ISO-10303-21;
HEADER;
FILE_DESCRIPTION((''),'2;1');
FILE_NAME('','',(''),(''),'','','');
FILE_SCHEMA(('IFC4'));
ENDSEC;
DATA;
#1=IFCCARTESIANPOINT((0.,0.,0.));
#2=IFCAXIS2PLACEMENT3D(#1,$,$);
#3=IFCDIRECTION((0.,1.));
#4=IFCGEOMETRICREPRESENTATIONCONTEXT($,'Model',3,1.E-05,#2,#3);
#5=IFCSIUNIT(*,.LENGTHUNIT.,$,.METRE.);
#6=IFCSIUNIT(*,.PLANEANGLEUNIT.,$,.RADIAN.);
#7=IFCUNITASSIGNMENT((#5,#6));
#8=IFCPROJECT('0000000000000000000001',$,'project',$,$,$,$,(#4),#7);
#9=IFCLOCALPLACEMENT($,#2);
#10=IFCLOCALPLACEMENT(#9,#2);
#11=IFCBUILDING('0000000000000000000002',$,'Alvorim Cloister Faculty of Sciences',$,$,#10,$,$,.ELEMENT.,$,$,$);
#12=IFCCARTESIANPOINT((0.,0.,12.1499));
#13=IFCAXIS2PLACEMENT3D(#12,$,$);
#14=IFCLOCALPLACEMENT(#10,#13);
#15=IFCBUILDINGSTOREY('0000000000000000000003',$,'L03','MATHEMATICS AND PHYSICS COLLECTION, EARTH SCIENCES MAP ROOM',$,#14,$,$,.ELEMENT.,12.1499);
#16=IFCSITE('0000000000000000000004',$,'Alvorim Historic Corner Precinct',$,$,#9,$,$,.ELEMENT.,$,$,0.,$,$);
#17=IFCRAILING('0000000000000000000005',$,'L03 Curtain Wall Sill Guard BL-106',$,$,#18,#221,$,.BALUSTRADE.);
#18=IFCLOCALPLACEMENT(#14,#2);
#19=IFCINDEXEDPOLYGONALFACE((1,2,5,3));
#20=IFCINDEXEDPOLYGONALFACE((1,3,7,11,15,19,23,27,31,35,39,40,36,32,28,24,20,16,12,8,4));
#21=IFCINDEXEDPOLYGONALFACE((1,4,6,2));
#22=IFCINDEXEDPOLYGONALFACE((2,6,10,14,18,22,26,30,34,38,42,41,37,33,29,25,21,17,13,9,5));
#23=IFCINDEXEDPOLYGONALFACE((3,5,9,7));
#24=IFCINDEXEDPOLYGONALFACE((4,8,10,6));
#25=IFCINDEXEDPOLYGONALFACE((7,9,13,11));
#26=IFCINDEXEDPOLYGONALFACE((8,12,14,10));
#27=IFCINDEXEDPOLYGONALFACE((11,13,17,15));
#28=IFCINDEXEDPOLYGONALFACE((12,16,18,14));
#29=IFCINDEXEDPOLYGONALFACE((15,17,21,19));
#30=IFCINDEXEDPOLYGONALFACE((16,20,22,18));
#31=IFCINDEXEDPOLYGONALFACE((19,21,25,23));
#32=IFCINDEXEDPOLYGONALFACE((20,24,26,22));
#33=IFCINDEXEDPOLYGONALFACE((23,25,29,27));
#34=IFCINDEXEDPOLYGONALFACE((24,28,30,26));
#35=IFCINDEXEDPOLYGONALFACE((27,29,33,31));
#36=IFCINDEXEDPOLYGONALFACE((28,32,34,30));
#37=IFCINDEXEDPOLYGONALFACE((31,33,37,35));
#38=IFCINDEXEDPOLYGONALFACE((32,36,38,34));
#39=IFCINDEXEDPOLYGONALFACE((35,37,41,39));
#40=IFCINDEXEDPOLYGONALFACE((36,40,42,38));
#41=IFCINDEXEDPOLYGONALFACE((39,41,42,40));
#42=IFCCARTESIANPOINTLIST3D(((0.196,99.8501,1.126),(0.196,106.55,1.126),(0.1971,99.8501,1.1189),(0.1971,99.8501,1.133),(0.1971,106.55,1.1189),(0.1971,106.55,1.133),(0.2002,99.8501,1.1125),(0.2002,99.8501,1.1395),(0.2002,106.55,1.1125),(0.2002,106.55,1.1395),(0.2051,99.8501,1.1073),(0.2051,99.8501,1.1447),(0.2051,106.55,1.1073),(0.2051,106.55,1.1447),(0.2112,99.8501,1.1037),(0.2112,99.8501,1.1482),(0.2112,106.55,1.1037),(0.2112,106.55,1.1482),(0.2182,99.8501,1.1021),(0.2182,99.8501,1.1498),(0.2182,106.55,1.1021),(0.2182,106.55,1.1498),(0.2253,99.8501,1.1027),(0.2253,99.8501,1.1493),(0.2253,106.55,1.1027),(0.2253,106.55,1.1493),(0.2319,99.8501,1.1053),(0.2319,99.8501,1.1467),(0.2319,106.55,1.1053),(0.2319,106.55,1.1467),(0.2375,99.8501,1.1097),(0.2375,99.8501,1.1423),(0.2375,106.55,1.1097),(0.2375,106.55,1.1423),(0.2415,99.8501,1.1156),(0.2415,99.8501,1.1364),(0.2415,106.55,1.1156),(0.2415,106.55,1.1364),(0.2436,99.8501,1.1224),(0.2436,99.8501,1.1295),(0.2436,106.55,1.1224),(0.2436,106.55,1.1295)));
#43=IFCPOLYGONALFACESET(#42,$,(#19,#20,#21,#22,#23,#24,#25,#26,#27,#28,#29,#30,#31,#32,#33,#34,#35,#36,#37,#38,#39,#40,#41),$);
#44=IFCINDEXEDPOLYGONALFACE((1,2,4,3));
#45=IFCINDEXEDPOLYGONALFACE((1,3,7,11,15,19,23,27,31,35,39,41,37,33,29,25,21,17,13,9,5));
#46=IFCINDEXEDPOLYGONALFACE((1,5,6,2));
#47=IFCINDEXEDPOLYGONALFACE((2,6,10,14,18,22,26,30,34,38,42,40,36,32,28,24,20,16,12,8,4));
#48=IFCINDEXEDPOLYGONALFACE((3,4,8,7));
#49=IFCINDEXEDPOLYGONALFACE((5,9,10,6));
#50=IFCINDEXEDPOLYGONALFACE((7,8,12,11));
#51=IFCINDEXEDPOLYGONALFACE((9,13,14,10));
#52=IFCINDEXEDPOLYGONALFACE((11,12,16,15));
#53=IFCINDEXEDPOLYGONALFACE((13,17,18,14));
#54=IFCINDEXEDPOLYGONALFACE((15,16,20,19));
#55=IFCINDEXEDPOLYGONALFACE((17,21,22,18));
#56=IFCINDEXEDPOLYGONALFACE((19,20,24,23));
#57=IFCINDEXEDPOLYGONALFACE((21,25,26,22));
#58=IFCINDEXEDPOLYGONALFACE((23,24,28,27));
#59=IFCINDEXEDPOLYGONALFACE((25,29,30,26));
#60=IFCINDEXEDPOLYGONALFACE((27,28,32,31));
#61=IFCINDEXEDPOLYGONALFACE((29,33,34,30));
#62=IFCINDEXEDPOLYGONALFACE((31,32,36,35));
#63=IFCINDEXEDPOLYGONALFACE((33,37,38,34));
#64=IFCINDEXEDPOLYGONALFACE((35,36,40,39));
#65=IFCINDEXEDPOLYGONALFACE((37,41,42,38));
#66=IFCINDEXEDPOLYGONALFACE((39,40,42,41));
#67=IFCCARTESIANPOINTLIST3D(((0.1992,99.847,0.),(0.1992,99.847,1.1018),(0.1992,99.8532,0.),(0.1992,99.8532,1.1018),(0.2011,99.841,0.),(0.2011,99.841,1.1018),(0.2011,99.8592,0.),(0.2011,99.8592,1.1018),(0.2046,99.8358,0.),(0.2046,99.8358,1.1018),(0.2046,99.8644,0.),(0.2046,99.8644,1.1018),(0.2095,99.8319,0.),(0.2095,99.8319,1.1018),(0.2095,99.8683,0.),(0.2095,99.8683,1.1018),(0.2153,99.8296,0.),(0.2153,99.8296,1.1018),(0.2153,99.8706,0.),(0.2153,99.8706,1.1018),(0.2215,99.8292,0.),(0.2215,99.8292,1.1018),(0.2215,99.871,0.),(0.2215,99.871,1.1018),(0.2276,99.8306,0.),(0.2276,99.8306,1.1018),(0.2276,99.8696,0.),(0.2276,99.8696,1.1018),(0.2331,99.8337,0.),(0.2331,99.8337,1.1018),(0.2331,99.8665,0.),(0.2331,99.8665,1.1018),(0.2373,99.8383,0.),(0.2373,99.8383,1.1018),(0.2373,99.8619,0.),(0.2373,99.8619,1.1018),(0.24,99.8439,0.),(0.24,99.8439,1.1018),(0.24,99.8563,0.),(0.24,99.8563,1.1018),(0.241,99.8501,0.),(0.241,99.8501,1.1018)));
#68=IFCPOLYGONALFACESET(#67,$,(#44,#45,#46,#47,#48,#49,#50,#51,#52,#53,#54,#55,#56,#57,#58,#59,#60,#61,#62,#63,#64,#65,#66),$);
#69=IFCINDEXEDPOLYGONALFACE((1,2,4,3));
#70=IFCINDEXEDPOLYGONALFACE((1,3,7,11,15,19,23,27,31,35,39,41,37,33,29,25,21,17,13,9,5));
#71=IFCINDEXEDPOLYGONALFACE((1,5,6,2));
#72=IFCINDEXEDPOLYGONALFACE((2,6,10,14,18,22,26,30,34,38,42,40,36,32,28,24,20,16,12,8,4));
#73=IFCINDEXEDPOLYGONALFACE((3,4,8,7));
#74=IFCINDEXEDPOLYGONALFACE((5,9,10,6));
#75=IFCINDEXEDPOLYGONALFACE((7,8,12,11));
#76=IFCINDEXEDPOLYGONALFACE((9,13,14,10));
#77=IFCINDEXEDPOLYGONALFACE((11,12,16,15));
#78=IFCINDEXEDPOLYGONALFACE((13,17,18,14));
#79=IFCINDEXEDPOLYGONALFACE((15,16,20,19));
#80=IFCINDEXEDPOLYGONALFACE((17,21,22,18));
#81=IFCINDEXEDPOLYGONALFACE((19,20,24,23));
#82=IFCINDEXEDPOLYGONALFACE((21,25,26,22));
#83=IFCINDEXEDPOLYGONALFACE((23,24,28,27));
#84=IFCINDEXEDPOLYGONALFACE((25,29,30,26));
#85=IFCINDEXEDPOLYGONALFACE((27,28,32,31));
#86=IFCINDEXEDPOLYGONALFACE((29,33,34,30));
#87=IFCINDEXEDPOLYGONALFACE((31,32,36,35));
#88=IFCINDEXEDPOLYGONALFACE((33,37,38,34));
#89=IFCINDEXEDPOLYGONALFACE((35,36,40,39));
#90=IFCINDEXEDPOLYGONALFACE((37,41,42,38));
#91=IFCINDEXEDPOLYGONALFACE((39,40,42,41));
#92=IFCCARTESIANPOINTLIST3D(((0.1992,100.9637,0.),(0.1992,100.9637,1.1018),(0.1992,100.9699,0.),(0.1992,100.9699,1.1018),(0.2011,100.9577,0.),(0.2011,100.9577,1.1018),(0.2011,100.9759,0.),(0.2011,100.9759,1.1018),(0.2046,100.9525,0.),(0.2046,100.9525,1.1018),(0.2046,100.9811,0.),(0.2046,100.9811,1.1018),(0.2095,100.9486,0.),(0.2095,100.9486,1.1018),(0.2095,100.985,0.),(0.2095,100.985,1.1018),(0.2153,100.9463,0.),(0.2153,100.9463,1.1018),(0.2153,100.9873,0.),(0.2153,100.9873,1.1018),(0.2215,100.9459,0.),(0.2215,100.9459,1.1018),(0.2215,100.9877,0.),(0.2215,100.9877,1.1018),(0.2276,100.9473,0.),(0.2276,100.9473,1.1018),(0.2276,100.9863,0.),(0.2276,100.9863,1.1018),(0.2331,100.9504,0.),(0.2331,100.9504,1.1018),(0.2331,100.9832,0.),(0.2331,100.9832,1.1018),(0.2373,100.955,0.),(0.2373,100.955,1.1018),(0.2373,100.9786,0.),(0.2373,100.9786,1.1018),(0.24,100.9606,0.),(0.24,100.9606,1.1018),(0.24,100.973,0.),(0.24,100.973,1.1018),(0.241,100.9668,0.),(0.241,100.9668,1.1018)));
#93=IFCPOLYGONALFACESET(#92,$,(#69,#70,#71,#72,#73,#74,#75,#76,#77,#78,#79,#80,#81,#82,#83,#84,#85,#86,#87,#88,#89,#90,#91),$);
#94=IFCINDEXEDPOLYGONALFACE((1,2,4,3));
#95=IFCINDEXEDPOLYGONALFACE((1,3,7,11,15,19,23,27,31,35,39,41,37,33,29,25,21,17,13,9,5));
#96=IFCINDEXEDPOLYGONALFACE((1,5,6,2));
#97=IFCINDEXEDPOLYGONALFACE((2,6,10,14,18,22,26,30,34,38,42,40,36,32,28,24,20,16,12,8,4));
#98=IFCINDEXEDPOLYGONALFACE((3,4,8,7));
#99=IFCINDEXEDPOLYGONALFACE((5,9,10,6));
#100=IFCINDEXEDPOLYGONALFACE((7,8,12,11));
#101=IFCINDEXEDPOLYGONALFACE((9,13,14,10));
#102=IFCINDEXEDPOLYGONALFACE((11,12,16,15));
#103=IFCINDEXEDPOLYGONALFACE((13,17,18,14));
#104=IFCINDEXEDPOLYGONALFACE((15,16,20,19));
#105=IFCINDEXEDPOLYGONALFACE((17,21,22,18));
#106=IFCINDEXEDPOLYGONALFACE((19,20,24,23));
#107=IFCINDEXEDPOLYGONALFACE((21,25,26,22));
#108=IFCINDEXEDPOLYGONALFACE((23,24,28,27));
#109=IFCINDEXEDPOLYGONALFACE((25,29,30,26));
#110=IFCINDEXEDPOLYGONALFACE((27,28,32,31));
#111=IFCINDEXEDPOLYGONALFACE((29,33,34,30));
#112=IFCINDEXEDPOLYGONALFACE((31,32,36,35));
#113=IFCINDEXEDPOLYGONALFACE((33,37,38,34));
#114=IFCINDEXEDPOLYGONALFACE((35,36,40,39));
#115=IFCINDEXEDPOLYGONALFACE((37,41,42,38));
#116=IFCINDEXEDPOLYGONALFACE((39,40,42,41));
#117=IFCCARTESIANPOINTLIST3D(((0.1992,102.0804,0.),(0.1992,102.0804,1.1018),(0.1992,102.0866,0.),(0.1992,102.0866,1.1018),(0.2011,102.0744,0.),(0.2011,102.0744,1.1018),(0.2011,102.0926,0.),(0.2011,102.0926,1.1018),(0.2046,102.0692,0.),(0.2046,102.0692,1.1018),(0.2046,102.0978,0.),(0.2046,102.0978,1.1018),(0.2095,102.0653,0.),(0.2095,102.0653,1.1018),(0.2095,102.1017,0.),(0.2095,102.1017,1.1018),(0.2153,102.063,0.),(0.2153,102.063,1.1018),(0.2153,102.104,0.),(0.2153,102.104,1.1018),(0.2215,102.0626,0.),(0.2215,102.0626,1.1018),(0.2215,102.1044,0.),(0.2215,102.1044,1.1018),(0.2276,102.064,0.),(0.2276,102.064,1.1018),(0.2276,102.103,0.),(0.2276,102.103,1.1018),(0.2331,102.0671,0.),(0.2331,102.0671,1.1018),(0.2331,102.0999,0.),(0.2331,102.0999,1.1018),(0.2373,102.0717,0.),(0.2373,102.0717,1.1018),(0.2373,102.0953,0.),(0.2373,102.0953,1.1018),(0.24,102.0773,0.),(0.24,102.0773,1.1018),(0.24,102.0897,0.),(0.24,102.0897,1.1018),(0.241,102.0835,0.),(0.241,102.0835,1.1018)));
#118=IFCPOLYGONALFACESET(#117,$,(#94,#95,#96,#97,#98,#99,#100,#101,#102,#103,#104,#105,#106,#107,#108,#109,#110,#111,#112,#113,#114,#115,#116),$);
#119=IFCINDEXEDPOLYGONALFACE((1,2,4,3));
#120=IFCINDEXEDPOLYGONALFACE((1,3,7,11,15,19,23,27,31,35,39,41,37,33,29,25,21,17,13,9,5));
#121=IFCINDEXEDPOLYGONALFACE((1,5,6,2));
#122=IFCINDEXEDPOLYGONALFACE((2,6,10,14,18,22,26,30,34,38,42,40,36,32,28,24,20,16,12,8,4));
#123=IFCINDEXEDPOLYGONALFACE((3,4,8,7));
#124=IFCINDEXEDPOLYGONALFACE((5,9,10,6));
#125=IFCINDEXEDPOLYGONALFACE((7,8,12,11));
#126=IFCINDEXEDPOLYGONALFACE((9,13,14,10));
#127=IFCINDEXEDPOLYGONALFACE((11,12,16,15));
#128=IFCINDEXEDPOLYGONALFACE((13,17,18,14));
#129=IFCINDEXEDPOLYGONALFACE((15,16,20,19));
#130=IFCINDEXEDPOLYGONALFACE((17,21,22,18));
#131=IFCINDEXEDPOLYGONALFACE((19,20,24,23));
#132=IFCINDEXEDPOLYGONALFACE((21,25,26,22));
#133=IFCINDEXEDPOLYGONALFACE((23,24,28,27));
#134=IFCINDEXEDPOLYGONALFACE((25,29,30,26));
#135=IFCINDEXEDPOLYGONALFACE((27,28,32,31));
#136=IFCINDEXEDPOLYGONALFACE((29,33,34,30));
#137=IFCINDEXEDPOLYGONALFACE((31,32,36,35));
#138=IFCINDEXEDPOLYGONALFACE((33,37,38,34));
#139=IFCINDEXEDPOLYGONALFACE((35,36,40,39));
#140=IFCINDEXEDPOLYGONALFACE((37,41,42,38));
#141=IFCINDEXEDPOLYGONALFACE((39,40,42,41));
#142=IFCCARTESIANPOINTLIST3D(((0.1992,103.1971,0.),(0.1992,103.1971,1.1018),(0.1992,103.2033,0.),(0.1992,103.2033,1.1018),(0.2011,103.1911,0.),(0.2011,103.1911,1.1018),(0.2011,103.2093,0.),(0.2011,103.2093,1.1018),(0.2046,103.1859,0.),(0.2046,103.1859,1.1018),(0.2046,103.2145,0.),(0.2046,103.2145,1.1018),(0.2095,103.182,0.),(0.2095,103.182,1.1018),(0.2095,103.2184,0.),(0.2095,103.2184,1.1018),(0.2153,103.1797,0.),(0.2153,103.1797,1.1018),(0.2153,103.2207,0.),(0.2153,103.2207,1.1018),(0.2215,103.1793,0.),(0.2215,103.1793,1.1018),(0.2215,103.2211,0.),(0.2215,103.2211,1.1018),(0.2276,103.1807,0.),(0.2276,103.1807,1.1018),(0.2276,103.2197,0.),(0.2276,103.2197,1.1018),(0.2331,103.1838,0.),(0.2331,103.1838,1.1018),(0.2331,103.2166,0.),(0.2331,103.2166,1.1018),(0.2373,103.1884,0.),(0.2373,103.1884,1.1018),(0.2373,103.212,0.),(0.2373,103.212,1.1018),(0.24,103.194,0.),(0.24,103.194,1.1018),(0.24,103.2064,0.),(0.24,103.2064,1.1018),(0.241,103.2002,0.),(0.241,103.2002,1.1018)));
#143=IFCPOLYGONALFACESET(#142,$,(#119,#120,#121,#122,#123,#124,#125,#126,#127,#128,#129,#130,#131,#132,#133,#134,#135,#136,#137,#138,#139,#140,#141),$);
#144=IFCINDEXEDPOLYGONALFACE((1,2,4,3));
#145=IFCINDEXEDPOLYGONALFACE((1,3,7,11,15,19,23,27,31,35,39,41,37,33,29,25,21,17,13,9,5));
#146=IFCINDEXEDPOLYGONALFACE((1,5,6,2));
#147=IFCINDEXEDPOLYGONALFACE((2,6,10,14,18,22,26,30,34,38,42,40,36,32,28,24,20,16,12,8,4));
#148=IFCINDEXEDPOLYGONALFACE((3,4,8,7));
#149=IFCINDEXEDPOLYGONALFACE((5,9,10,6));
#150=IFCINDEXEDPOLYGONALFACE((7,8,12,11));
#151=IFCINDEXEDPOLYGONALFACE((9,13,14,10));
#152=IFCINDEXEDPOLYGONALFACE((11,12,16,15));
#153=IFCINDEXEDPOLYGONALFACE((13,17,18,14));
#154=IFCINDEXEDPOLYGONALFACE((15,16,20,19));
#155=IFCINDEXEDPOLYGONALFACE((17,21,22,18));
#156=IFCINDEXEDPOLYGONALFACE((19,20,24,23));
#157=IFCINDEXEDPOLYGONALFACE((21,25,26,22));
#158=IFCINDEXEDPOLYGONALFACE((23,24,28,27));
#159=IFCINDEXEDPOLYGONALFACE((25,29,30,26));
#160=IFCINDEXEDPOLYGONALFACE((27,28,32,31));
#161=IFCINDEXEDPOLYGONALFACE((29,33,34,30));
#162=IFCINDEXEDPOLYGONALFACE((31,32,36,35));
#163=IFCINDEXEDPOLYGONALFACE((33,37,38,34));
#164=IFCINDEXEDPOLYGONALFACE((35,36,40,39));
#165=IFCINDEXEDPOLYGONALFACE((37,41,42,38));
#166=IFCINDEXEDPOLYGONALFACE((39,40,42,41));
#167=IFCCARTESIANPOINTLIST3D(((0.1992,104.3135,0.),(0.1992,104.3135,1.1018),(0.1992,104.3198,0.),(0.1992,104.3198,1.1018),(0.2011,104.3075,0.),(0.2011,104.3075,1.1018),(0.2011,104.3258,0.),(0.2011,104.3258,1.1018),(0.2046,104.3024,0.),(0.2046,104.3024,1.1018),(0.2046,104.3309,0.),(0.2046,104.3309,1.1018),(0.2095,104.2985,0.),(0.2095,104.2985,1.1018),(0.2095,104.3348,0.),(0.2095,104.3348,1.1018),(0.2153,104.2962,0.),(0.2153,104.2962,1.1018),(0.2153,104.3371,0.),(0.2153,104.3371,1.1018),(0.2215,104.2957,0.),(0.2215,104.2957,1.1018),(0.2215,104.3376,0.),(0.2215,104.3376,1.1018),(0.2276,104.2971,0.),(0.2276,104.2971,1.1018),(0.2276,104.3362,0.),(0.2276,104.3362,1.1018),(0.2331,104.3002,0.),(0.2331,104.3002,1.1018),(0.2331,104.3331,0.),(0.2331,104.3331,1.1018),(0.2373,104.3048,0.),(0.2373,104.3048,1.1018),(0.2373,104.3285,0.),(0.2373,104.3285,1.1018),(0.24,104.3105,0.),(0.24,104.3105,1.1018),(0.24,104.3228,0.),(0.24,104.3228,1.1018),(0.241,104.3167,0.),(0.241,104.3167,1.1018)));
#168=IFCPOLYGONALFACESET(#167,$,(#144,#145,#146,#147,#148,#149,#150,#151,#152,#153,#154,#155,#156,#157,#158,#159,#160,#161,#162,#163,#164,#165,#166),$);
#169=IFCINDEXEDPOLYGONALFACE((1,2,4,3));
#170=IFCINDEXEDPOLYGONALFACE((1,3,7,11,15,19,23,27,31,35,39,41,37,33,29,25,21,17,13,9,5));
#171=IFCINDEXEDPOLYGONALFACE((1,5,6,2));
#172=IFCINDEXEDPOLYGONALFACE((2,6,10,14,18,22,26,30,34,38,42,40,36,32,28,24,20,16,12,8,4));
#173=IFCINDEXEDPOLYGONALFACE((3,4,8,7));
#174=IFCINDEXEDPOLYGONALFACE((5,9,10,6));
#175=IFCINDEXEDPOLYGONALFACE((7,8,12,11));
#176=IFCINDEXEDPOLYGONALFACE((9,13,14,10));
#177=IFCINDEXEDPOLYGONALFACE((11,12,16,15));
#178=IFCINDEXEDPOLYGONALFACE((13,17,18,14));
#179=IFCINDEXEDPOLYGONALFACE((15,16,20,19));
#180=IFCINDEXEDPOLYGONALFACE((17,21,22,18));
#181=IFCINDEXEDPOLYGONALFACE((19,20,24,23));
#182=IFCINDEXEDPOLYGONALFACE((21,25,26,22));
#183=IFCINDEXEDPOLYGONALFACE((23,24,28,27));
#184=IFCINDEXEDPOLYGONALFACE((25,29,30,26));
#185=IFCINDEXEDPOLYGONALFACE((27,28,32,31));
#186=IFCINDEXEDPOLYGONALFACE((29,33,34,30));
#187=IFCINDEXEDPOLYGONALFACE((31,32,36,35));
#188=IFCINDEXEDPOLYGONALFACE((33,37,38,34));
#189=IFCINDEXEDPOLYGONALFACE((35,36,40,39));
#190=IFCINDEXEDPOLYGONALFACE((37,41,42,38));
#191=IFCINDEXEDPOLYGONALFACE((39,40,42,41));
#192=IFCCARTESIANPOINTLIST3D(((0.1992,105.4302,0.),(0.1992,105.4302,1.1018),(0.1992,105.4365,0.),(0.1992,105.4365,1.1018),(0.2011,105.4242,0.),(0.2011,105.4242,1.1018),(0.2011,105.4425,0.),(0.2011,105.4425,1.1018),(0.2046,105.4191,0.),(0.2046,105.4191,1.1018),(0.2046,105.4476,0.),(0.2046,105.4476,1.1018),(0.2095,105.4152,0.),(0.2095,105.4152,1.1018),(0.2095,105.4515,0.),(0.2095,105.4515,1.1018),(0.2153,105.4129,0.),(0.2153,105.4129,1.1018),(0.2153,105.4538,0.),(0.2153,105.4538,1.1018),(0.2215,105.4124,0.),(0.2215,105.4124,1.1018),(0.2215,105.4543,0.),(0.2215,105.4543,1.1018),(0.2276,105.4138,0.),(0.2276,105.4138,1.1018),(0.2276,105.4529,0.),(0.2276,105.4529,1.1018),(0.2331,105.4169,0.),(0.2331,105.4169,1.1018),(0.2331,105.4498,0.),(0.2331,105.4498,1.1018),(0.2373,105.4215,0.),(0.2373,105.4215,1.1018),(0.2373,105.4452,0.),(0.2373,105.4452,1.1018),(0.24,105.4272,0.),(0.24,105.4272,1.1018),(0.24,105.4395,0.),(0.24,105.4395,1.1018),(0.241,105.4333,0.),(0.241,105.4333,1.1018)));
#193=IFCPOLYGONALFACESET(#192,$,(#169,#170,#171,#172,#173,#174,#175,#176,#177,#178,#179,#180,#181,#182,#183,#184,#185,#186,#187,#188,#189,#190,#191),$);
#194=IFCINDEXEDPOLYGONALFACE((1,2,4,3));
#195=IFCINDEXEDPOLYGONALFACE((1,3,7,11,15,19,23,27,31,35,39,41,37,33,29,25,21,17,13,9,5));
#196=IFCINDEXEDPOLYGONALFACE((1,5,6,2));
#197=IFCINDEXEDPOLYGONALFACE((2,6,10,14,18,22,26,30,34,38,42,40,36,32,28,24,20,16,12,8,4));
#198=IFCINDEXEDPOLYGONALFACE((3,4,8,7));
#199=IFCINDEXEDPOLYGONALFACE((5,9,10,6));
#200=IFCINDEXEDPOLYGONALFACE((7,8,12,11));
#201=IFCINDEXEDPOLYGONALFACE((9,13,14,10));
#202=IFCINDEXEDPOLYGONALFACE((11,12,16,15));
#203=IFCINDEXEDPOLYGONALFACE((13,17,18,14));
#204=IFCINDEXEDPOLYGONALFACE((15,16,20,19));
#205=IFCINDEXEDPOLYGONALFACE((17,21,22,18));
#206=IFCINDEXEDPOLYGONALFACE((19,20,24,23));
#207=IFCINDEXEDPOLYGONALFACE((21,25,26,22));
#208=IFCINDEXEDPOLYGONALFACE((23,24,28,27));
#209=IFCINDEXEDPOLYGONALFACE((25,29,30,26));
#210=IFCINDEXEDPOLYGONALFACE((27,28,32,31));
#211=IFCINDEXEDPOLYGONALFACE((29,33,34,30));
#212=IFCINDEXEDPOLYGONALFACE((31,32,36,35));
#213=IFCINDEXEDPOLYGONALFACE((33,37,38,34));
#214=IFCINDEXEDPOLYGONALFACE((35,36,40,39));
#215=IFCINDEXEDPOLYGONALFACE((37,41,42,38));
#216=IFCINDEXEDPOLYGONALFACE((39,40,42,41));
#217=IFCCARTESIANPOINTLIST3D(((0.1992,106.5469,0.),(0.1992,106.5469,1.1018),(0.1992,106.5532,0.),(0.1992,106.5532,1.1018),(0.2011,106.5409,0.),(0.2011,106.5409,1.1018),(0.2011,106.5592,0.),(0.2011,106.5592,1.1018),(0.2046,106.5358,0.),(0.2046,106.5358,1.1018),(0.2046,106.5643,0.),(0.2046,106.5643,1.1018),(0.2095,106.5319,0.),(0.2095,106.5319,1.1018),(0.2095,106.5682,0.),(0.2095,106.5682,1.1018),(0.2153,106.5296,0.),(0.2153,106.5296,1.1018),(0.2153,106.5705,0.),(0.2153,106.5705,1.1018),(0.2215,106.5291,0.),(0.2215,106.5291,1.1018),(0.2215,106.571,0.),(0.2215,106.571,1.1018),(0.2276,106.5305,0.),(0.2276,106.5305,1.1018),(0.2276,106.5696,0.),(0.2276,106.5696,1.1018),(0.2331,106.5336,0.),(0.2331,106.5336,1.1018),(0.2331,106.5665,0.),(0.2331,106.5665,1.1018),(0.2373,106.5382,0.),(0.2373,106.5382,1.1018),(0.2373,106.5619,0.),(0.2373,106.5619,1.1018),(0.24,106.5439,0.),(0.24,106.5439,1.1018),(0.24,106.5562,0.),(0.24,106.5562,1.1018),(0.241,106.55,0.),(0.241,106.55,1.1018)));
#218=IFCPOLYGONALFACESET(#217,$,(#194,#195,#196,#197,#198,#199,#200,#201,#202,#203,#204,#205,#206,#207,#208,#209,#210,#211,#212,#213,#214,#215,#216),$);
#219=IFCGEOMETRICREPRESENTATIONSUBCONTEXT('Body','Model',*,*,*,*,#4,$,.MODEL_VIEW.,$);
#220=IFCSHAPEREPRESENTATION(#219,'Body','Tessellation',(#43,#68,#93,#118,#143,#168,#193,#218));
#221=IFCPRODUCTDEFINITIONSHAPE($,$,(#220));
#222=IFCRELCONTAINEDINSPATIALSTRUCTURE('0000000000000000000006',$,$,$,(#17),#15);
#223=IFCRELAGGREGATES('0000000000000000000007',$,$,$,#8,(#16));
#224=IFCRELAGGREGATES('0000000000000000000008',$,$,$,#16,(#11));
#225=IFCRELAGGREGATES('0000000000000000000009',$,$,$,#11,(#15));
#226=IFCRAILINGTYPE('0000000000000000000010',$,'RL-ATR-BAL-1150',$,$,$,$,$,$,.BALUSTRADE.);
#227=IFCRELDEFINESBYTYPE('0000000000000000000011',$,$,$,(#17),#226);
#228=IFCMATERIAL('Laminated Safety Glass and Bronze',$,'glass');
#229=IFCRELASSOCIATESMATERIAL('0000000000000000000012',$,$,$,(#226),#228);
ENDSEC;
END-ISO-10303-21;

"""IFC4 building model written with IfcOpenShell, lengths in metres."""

from ifc_helpers import new_model, si_unit, direction, frame, origin, origin_2d, place, context, subcontext, project, spatial, circle, extrude, material, type_object, element, save


model = new_model("IFC4")

# Units and contexts
model_context = context("Model", 3, precision=1e-05, world=origin(), true_north=direction((0.0, 1.0)))
body_context = subcontext(model_context, "Body", "Model", "MODEL_VIEW")
ifc_project = project(units=[si_unit("LENGTHUNIT", "METRE"), si_unit("PLANEANGLEUNIT", "RADIAN")], contexts=[model_context])

# Site, building, storey
site_placement = place(None, origin())
site = spatial("IfcSite", under=ifc_project, at=site_placement, Name="Alvorim Historic Corner Precinct", CompositionType="ELEMENT", RefElevation=0.0)
building_placement = place(site_placement, origin())
building = spatial("IfcBuilding", under=site, at=building_placement, Name="Alvorim Cloister Faculty of Sciences", CompositionType="ELEMENT")
storey_placement = place(building_placement, frame((0.0, 0.0, 12.1499)))
storey = spatial("IfcBuildingStorey", under=building, at=storey_placement, Name="L03", Description="MATHEMATICS AND PHYSICS COLLECTION, EARTH SCIENCES MAP ROOM", CompositionType="ELEMENT", Elevation=12.1499)

# Railing
ifc_material_1 = material(Name="Laminated Safety Glass and Bronze", Category="glass")
railing_type = type_object("IfcRailingType", Name="RL-ATR-BAL-1150", PredefinedType="BALUSTRADE", material=ifc_material_1)
railing_placement = place(storey_placement, frame((0.22, 99.8501, 0.0)))
element("IfcRailing", 1, at=railing_placement, inside=storey, type_object=railing_type, Name="L03 Curtain Wall Sill Guard BL-106", PredefinedType="BALUSTRADE", context=body_context, shape_type="SweptSolid", body=[
    extrude(circle(Radius=0.0239, at=origin_2d()), frame((0.0, 0.0, 1.126), z_axis=(0.0, 1.0, 0.0), x_axis=(-1.0, 0.0, 0.0)), (0.0, 0.0, 1.0), 6.7),
    extrude(circle(Radius=0.021, at=origin_2d()), origin(), (0.0, 0.0, 1.0), 1.1018),
    extrude(circle(Radius=0.021, at=origin_2d()), frame((0.0, 1.1167, 0.0)), (0.0, 0.0, 1.0), 1.1018),
    extrude(circle(Radius=0.021, at=origin_2d()), frame((0.0, 2.2334, 0.0)), (0.0, 0.0, 1.0), 1.1018),
    extrude(circle(Radius=0.021, at=origin_2d()), frame((0.0, 3.3501, 0.0)), (0.0, 0.0, 1.0), 1.1018),
    extrude(circle(Radius=0.021, at=origin_2d()), frame((0.0, 4.4666, 0.0)), (0.0, 0.0, 1.0), 1.1018),
    extrude(circle(Radius=0.021, at=origin_2d()), frame((0.0, 5.5833, 0.0)), (0.0, 0.0, 1.0), 1.1018),
    extrude(circle(Radius=0.021, at=origin_2d()), frame((0.0, 6.7, 0.0)), (0.0, 0.0, 1.0), 1.1018),
])

save(model, "model.ifc")
